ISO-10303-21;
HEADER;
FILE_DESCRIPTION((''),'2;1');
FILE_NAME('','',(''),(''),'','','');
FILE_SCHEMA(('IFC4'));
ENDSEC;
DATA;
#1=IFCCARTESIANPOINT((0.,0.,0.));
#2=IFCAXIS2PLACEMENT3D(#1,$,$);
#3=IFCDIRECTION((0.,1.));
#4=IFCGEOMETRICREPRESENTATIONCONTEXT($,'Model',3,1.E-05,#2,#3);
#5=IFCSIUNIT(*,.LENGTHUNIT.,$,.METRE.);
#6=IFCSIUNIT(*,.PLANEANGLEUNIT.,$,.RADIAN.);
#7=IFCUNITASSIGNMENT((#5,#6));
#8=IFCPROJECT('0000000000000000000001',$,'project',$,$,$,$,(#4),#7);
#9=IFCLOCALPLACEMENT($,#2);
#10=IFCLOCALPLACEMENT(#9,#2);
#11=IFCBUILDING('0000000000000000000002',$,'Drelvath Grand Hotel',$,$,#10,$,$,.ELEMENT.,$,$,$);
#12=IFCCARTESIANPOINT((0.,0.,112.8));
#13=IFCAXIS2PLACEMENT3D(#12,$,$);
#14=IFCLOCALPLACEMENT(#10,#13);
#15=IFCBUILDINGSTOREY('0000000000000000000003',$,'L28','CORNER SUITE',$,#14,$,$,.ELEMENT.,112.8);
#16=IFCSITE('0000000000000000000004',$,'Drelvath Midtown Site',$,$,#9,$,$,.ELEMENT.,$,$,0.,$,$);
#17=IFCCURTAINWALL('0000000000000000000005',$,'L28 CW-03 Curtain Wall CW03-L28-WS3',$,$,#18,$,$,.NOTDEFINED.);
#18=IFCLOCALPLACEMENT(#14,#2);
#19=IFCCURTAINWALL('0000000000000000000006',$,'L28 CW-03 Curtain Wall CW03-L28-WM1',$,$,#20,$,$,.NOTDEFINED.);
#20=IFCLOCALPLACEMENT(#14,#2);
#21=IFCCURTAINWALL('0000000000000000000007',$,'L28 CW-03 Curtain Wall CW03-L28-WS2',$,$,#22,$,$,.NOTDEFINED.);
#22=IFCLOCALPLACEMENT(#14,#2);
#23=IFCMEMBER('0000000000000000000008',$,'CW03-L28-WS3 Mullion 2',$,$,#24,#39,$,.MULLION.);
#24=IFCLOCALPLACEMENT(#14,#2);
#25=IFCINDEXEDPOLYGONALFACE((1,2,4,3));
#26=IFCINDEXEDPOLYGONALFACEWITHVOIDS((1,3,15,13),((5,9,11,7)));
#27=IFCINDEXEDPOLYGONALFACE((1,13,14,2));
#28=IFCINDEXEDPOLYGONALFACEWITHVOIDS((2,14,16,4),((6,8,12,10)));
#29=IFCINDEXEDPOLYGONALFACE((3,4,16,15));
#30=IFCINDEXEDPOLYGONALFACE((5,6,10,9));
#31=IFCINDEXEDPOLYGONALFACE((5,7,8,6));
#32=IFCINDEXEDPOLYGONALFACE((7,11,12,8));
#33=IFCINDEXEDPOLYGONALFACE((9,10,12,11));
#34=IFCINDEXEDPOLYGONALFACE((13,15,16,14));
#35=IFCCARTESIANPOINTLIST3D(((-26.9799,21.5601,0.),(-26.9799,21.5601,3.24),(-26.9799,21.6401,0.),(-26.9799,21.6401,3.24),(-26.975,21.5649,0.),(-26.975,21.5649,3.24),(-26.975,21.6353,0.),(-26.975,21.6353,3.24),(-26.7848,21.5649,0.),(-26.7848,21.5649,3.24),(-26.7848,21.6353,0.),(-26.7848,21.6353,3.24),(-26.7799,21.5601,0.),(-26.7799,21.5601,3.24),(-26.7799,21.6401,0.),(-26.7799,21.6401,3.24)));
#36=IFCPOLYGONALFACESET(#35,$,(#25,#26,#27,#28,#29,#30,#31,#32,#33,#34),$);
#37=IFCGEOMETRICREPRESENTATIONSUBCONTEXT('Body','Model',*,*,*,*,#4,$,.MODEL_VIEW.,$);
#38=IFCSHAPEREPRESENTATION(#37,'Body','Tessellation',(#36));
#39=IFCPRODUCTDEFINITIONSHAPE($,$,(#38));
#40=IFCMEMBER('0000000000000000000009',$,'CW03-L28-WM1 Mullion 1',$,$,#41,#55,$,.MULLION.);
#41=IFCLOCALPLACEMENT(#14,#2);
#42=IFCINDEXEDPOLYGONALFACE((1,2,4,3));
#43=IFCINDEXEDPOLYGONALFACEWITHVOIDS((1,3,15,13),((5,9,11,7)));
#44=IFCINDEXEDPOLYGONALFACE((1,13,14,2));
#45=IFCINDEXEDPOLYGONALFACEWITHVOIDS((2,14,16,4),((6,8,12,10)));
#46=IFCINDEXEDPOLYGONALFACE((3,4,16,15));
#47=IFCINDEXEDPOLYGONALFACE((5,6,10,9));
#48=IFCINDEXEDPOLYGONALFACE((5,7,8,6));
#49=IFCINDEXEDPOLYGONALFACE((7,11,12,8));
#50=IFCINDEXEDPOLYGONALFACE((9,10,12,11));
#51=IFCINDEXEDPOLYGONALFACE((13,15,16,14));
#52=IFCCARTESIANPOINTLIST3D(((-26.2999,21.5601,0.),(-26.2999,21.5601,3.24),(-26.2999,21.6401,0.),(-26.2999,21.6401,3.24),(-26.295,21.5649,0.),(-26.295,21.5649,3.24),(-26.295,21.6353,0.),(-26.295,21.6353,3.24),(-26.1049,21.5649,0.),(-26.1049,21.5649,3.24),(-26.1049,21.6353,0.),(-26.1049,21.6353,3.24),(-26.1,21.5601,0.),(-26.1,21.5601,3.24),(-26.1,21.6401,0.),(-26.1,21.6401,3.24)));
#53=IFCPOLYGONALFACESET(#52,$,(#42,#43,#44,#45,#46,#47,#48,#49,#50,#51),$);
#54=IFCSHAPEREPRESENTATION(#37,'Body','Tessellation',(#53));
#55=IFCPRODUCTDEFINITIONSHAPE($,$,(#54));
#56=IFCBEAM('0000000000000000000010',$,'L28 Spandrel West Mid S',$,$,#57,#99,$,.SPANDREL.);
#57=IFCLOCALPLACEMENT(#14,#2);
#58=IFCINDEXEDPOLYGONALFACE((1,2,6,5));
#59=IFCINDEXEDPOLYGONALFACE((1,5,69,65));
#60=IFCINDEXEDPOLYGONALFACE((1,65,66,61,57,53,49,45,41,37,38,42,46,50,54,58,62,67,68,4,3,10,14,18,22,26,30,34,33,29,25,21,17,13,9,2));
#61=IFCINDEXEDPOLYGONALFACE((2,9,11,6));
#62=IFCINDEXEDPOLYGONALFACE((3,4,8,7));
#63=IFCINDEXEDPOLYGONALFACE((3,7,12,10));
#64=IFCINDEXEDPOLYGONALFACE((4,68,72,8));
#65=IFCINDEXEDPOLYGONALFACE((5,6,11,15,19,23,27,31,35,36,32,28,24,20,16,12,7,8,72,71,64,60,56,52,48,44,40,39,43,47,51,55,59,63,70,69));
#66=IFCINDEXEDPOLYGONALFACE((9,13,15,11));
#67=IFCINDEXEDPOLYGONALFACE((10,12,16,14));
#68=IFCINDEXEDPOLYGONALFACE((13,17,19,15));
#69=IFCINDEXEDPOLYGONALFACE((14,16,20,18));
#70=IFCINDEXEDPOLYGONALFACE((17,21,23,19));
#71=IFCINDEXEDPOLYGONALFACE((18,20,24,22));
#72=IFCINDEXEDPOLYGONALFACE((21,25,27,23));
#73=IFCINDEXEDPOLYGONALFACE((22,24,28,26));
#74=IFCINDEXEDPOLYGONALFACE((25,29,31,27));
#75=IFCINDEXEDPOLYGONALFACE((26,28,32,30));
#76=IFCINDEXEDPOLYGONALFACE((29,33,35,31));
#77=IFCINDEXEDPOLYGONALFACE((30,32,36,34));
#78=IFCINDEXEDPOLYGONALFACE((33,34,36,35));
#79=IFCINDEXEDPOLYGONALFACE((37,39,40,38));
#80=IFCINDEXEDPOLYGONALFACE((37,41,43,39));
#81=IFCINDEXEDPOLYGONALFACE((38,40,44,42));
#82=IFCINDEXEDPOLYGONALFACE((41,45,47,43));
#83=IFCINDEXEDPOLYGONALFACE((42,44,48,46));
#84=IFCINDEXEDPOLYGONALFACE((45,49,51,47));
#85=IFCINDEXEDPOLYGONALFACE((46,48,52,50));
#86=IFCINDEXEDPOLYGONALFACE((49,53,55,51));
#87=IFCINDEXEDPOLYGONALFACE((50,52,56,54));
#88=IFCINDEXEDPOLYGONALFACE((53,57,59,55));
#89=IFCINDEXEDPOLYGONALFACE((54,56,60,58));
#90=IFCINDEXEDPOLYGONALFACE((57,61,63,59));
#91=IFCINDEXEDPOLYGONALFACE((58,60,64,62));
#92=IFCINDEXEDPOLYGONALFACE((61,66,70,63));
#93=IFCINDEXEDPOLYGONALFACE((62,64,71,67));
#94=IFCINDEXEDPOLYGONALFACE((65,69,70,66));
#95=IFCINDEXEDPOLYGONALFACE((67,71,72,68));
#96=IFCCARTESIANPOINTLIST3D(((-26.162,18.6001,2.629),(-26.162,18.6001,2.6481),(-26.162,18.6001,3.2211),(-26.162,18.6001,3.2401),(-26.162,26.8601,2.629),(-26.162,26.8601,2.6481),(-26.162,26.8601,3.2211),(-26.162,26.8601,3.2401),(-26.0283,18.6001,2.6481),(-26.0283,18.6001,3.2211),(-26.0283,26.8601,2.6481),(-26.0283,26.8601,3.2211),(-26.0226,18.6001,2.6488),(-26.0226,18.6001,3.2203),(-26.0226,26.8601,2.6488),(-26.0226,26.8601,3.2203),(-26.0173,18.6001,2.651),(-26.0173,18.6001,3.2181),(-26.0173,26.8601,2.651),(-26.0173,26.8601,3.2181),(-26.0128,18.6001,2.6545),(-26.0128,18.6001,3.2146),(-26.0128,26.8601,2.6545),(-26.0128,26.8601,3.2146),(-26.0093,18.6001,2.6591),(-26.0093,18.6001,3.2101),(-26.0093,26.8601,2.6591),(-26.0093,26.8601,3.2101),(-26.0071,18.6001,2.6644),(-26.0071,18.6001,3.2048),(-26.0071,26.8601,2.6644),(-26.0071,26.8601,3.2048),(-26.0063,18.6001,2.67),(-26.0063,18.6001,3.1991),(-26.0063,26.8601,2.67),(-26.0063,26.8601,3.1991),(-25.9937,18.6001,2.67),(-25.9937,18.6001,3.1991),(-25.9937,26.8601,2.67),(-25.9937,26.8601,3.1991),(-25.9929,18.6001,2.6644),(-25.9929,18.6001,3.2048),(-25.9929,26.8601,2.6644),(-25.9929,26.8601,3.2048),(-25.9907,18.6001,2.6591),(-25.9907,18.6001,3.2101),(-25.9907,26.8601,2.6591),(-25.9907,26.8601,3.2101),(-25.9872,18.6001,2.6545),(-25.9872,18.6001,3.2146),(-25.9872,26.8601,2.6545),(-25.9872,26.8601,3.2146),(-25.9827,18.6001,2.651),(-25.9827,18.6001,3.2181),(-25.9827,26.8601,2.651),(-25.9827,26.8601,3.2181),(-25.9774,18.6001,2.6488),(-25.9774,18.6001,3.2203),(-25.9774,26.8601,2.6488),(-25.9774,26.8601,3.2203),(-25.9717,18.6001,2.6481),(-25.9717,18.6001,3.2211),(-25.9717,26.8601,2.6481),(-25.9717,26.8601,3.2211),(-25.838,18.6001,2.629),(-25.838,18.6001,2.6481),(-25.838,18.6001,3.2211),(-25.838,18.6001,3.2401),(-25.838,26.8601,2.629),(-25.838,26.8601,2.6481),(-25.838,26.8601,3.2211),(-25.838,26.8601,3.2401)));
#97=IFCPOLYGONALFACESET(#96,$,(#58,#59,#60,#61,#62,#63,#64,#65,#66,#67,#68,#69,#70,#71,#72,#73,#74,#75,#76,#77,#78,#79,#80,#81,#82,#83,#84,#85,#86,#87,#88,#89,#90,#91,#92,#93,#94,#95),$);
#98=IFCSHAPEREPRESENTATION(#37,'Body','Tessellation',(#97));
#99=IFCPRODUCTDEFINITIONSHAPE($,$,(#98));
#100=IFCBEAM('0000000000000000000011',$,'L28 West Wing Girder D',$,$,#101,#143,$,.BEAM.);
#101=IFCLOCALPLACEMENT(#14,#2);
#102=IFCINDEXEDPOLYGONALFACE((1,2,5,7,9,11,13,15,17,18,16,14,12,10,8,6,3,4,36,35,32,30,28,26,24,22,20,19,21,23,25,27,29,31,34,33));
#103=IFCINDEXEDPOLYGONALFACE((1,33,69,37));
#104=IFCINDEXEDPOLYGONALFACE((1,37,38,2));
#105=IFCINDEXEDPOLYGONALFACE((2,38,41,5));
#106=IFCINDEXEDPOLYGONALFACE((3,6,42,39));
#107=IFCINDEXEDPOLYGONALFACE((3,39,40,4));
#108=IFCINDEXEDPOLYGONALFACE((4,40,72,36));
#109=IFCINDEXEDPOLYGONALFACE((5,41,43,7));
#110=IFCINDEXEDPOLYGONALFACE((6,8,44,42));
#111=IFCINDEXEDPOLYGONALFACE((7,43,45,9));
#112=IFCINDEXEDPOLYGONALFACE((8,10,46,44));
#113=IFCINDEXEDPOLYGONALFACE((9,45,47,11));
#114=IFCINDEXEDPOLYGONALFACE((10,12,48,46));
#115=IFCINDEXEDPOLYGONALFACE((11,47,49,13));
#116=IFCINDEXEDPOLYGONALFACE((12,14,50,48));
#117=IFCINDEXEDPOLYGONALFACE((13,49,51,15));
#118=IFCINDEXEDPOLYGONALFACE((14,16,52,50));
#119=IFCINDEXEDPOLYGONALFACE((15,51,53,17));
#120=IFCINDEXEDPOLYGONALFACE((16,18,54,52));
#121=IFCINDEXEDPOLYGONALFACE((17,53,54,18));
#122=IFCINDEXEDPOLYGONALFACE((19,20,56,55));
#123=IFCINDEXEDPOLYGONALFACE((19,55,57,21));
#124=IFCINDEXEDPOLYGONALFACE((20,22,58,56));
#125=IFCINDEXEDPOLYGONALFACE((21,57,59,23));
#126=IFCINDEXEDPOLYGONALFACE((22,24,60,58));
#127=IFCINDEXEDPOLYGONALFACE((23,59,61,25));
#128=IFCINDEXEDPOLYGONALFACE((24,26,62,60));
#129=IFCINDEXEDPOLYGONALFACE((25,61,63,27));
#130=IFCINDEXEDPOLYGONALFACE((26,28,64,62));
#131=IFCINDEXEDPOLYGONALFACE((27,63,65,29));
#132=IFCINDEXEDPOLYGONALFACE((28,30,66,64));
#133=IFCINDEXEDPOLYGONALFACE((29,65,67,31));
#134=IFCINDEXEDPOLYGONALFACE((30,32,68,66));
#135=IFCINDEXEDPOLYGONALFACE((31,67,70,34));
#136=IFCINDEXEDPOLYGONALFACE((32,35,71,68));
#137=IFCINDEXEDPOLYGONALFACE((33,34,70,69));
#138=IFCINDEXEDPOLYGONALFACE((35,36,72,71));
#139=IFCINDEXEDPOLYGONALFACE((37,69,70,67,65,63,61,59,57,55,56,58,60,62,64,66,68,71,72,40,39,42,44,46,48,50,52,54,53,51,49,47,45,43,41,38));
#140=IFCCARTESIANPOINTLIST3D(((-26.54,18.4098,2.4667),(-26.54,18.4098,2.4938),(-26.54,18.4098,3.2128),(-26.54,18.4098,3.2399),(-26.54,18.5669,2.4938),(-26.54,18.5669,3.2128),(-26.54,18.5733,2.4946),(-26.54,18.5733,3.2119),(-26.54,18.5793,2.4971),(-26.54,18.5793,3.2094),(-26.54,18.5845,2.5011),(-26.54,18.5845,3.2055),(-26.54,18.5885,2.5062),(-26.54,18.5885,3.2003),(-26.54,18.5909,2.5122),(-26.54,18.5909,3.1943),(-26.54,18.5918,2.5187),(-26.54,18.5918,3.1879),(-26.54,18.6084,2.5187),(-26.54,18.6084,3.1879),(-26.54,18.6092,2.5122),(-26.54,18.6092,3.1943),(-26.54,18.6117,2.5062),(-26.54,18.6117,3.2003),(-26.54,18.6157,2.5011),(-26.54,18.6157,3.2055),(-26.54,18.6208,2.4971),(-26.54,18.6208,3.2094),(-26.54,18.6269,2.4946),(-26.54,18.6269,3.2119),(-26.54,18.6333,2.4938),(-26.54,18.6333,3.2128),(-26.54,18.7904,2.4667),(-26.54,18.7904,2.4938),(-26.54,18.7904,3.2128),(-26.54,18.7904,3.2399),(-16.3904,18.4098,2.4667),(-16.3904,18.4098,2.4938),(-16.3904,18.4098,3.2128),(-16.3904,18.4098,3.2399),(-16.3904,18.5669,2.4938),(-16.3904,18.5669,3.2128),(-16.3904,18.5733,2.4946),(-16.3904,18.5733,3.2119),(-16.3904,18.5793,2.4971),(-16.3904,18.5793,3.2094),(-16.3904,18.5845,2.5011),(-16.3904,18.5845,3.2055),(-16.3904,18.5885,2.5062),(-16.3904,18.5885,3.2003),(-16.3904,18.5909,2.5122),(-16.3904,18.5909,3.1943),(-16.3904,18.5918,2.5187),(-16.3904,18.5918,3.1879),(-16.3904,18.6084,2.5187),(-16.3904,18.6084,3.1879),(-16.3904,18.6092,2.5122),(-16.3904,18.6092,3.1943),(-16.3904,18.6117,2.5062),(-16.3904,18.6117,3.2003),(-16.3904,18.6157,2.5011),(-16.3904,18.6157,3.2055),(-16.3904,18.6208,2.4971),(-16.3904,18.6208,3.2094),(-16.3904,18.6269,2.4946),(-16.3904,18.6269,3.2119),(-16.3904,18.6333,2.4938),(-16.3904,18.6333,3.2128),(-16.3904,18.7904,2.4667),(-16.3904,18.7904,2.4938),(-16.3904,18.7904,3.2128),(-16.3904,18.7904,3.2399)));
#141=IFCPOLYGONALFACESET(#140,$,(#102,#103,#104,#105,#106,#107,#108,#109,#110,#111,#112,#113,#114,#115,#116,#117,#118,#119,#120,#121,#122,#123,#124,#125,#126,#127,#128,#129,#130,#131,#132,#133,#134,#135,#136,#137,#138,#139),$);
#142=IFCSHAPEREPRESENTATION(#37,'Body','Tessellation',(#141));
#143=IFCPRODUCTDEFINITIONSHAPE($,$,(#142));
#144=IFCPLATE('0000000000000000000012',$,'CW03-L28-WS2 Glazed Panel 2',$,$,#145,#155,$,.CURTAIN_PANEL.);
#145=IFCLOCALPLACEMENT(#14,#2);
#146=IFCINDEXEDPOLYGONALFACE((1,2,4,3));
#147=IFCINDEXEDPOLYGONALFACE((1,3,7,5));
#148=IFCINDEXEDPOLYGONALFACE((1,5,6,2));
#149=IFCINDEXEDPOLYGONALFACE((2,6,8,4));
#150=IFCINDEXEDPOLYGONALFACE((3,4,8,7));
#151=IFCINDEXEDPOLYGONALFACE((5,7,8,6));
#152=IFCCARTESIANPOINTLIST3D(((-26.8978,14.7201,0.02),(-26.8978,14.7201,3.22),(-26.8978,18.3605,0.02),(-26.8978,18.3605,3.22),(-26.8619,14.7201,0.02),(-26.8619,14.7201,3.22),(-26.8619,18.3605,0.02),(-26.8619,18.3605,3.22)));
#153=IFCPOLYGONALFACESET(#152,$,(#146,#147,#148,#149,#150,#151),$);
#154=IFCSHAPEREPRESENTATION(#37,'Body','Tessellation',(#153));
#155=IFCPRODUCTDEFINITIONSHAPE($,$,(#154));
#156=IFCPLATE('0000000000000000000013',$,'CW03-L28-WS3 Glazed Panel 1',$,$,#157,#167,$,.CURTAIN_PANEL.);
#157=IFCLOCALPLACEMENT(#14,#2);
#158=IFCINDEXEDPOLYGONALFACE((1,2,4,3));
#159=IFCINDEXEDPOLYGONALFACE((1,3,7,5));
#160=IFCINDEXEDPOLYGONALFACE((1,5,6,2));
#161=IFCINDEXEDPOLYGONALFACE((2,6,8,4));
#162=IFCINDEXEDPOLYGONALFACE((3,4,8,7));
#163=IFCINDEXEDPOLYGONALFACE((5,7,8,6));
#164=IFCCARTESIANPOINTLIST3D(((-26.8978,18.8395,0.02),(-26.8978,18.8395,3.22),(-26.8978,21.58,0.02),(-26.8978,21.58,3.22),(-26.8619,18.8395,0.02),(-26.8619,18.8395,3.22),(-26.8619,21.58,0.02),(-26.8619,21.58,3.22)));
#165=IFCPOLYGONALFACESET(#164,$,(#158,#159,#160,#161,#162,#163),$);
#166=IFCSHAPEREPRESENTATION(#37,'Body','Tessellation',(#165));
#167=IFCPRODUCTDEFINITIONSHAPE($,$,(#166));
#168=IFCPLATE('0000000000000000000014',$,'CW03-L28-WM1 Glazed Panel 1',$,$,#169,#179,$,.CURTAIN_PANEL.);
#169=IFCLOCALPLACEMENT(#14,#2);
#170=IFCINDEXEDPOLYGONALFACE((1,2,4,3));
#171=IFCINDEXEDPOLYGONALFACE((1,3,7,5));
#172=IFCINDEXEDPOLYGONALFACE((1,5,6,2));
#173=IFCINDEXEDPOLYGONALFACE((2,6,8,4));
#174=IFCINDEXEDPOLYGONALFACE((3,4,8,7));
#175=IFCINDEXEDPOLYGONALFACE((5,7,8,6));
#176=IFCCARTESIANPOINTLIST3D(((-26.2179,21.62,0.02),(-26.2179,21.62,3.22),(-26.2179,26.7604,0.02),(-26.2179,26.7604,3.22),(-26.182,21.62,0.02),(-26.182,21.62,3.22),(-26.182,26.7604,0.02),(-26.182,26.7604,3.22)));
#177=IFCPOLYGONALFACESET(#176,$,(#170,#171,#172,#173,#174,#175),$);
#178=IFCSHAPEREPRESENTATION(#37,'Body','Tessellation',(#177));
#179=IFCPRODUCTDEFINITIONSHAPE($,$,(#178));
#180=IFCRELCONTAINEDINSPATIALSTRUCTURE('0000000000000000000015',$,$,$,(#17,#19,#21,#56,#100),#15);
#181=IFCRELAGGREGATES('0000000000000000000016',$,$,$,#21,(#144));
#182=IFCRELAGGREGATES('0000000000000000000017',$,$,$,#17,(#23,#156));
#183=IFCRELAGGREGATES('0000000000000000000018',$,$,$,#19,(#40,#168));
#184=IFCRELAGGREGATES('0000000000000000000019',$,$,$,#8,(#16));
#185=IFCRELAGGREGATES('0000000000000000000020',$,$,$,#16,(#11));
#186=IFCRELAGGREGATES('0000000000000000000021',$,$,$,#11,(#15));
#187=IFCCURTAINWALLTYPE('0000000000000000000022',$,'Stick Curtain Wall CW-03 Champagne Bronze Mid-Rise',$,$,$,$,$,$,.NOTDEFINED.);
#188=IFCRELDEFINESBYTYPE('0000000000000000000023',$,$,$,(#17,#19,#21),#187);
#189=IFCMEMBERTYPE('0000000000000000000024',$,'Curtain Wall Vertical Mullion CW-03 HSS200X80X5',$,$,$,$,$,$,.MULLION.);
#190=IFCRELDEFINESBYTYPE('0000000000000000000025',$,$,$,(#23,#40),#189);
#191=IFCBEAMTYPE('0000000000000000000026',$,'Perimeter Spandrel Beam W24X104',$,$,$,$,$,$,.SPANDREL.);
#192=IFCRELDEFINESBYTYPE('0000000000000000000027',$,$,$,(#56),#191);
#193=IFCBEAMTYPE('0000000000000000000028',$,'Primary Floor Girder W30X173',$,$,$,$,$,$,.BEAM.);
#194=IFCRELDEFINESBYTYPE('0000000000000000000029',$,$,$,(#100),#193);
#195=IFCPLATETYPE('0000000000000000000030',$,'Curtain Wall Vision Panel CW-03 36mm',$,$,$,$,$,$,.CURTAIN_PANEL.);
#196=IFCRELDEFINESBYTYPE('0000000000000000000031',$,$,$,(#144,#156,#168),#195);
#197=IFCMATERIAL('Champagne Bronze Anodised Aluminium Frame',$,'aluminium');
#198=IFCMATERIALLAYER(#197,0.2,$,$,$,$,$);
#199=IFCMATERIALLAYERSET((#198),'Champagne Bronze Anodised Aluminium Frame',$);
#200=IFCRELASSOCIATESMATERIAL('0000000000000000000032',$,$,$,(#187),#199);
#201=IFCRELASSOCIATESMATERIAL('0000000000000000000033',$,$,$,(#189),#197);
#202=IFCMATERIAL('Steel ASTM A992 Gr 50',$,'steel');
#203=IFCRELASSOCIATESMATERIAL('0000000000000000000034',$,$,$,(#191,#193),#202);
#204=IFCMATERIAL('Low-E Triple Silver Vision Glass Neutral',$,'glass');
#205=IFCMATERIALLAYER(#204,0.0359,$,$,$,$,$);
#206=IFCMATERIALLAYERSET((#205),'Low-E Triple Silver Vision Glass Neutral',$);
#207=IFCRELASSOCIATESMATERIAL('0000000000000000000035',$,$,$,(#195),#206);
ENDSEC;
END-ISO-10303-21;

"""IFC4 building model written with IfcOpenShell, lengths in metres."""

from ifc_helpers import new_model, si_unit, direction, frame, origin, origin_2d, place, context, subcontext, project, spatial, rectangle, hollow_rectangle, i_section, extrude, material, layer, layer_set, material_profile, profile_set, type_object, element, aggregate, save


model = new_model("IFC4")

# Units and contexts
model_context = context("Model", 3, precision=1e-05, world=origin(), true_north=direction((0.0, 1.0)))
body_context = subcontext(model_context, "Body", "Model", "MODEL_VIEW")
ifc_project = project(units=[si_unit("LENGTHUNIT", "METRE"), si_unit("PLANEANGLEUNIT", "RADIAN")], contexts=[model_context])

# Site, building, storey
site_placement = place(None, origin())
site = spatial("IfcSite", under=ifc_project, at=site_placement, Name="Drelvath Midtown Site", CompositionType="ELEMENT", RefElevation=0.0)
building_placement = place(site_placement, origin())
building = spatial("IfcBuilding", under=site, at=building_placement, Name="Drelvath Grand Hotel", CompositionType="ELEMENT")
storey_placement = place(building_placement, frame((0.0, 0.0, 112.8)))
storey = spatial("IfcBuildingStorey", under=building, at=storey_placement, Name="L28", Description="CORNER SUITE", CompositionType="ELEMENT", Elevation=112.8)

# Shared definitions
ifc_material_1 = material(Name="Steel ASTM A992 Gr 50", Category="steel")

# Curtain walls
ifc_material_2 = material(Name="Champagne Bronze Anodised Aluminium Frame", Category="aluminium")
ifc_layer_1 = layer(ifc_material_2, 0.2)
ifc_layer_set_1 = layer_set([ifc_layer_1], Name="Champagne Bronze Anodised Aluminium Frame")
curtain_wall_type = type_object("IfcCurtainWallType", Name="Stick Curtain Wall CW-03 Champagne Bronze Mid-Rise", PredefinedType="NOTDEFINED", material=ifc_layer_set_1)
curtain_wall_1_placement = place(storey_placement, origin())
curtain_wall_1 = element("IfcCurtainWall", 1, at=curtain_wall_1_placement, inside=storey, type_object=curtain_wall_type, Name="L28 CW-03 Curtain Wall CW03-L28-WS3", PredefinedType="NOTDEFINED")
curtain_wall_2_placement = place(storey_placement, origin())
curtain_wall_2 = element("IfcCurtainWall", 2, at=curtain_wall_2_placement, inside=storey, type_object=curtain_wall_type, Name="L28 CW-03 Curtain Wall CW03-L28-WM1", PredefinedType="NOTDEFINED")

# Curtain wall
curtain_wall_3_placement = place(storey_placement, origin())
curtain_wall_3 = element("IfcCurtainWall", 3, at=curtain_wall_3_placement, inside=storey, type_object=curtain_wall_type, Name="L28 CW-03 Curtain Wall CW03-L28-WS2", PredefinedType="NOTDEFINED")
ifc_material_profile_1 = material_profile(ifc_material_2, hollow_rectangle(XDim=0.0801, YDim=0.2, WallThickness=0.0049, at=origin_2d()), Name="HSS200X80X5")
ifc_profile_set_1 = profile_set([ifc_material_profile_1], Name="Champagne Bronze Anodised Aluminium Frame")
member_type_1 = type_object("IfcMemberType", Name="Curtain Wall Vertical Mullion CW-03 HSS200X80X5", PredefinedType="MULLION", material=ifc_profile_set_1)

# Members
member_1_placement = place(storey_placement, frame((-26.8799, 21.6001, 0.0), z_axis=(0.0, 0.0, 1.0), x_axis=(0.0, 1.0, 0.0)))
member_1 = element("IfcMember", 4, at=member_1_placement, type_object=member_type_1, Name="CW03-L28-WS3 Mullion 2", PredefinedType="MULLION", context=body_context, shape_type="SweptSolid", body=[
    extrude(hollow_rectangle(XDim=0.0801, YDim=0.2, WallThickness=0.0049, at=origin_2d()), origin(), (0.0, 0.0, 1.0), 3.24),
])
member_2_placement = place(storey_placement, frame((-26.2, 21.6001, 0.0), z_axis=(0.0, 0.0, 1.0), x_axis=(0.0, 1.0, 0.0)))
member_2 = element("IfcMember", 5, at=member_2_placement, type_object=member_type_1, Name="CW03-L28-WM1 Mullion 1", PredefinedType="MULLION", context=body_context, shape_type="SweptSolid", body=[
    extrude(hollow_rectangle(XDim=0.0801, YDim=0.2, WallThickness=0.0049, at=origin_2d()), origin(), (0.0, 0.0, 1.0), 3.24),
])

# Beams
ifc_material_profile_2 = material_profile(ifc_material_1, i_section(OverallWidth=0.324, OverallDepth=0.6111, WebThickness=0.0127, FlangeThickness=0.019, FilletRadius=0.022, at=origin_2d()), Name="W24X104")
ifc_profile_set_2 = profile_set([ifc_material_profile_2], Name="Steel ASTM A992 Gr 50")
beam_type_1 = type_object("IfcBeamType", Name="Perimeter Spandrel Beam W24X104", PredefinedType="SPANDREL", material=ifc_profile_set_2)
beam_1_placement = place(storey_placement, frame((-26.0, 18.6001, 2.9346), z_axis=(0.0, 1.0, 0.0), x_axis=(-1.0, 0.0, 0.0)))
element("IfcBeam", 6, at=beam_1_placement, inside=storey, type_object=beam_type_1, Name="L28 Spandrel West Mid S", PredefinedType="SPANDREL", context=body_context, shape_type="SweptSolid", body=[
    extrude(i_section(OverallWidth=0.324, OverallDepth=0.6111, WebThickness=0.0127, FlangeThickness=0.019, FilletRadius=0.022, at=origin_2d()), origin(), (0.0, 0.0, 1.0), 8.26),
])
ifc_material_profile_3 = material_profile(ifc_material_1, i_section(OverallWidth=0.3806, OverallDepth=0.7732, WebThickness=0.0166, FlangeThickness=0.0271, FilletRadius=0.0249, at=origin_2d()), Name="W30X173")
ifc_profile_set_3 = profile_set([ifc_material_profile_3], Name="Steel ASTM A992 Gr 50")
beam_type_2 = type_object("IfcBeamType", Name="Primary Floor Girder W30X173", PredefinedType="BEAM", material=ifc_profile_set_3)
beam_2_placement = place(storey_placement, frame((-26.54, 18.6001, 2.8533), z_axis=(1.0, 0.0, 0.0), x_axis=(0.0, 1.0, 0.0)))
element("IfcBeam", 7, at=beam_2_placement, inside=storey, type_object=beam_type_2, Name="L28 West Wing Girder D", PredefinedType="BEAM", context=body_context, shape_type="SweptSolid", body=[
    extrude(i_section(OverallWidth=0.3806, OverallDepth=0.7732, WebThickness=0.0166, FlangeThickness=0.0271, FilletRadius=0.0249, at=origin_2d()), origin(), (0.0, 0.0, 1.0), 10.1497),
])

# Plates
ifc_material_3 = material(Name="Low-E Triple Silver Vision Glass Neutral", Category="glass")
ifc_layer_2 = layer(ifc_material_3, 0.0359)
ifc_layer_set_2 = layer_set([ifc_layer_2], Name="Low-E Triple Silver Vision Glass Neutral")
plate_type = type_object("IfcPlateType", Name="Curtain Wall Vision Panel CW-03 36mm", PredefinedType="CURTAIN_PANEL", material=ifc_layer_set_2)
plate_1_placement = place(storey_placement, frame((-26.8799, 16.5403, 0.02), z_axis=(0.0, 0.0, 1.0), x_axis=(0.0, 1.0, 0.0)))
plate_1 = element("IfcPlate", 8, at=plate_1_placement, type_object=plate_type, Name="CW03-L28-WS2 Glazed Panel 2", PredefinedType="CURTAIN_PANEL", context=body_context, shape_type="SweptSolid", body=[
    extrude(rectangle(XDim=3.6404, YDim=0.0359, at=origin_2d()), origin(), (0.0, 0.0, 1.0), 3.2),
])
aggregate(curtain_wall_3, [plate_1])
plate_2_placement = place(storey_placement, frame((-26.8799, 20.2097, 0.02), z_axis=(0.0, 0.0, 1.0), x_axis=(0.0, 1.0, 0.0)))
plate_2 = element("IfcPlate", 9, at=plate_2_placement, type_object=plate_type, Name="CW03-L28-WS3 Glazed Panel 1", PredefinedType="CURTAIN_PANEL", context=body_context, shape_type="SweptSolid", body=[
    extrude(rectangle(XDim=2.7405, YDim=0.0359, at=origin_2d()), origin(), (0.0, 0.0, 1.0), 3.2),
])
aggregate(curtain_wall_1, [member_1, plate_2])
plate_3_placement = place(storey_placement, frame((-26.2, 24.1902, 0.02), z_axis=(0.0, 0.0, 1.0), x_axis=(0.0, 1.0, 0.0)))
plate_3 = element("IfcPlate", 10, at=plate_3_placement, type_object=plate_type, Name="CW03-L28-WM1 Glazed Panel 1", PredefinedType="CURTAIN_PANEL", context=body_context, shape_type="SweptSolid", body=[
    extrude(rectangle(XDim=5.1404, YDim=0.0359, at=origin_2d()), origin(), (0.0, 0.0, 1.0), 3.2),
])
aggregate(curtain_wall_2, [member_2, plate_3])

save(model, "model.ifc")
